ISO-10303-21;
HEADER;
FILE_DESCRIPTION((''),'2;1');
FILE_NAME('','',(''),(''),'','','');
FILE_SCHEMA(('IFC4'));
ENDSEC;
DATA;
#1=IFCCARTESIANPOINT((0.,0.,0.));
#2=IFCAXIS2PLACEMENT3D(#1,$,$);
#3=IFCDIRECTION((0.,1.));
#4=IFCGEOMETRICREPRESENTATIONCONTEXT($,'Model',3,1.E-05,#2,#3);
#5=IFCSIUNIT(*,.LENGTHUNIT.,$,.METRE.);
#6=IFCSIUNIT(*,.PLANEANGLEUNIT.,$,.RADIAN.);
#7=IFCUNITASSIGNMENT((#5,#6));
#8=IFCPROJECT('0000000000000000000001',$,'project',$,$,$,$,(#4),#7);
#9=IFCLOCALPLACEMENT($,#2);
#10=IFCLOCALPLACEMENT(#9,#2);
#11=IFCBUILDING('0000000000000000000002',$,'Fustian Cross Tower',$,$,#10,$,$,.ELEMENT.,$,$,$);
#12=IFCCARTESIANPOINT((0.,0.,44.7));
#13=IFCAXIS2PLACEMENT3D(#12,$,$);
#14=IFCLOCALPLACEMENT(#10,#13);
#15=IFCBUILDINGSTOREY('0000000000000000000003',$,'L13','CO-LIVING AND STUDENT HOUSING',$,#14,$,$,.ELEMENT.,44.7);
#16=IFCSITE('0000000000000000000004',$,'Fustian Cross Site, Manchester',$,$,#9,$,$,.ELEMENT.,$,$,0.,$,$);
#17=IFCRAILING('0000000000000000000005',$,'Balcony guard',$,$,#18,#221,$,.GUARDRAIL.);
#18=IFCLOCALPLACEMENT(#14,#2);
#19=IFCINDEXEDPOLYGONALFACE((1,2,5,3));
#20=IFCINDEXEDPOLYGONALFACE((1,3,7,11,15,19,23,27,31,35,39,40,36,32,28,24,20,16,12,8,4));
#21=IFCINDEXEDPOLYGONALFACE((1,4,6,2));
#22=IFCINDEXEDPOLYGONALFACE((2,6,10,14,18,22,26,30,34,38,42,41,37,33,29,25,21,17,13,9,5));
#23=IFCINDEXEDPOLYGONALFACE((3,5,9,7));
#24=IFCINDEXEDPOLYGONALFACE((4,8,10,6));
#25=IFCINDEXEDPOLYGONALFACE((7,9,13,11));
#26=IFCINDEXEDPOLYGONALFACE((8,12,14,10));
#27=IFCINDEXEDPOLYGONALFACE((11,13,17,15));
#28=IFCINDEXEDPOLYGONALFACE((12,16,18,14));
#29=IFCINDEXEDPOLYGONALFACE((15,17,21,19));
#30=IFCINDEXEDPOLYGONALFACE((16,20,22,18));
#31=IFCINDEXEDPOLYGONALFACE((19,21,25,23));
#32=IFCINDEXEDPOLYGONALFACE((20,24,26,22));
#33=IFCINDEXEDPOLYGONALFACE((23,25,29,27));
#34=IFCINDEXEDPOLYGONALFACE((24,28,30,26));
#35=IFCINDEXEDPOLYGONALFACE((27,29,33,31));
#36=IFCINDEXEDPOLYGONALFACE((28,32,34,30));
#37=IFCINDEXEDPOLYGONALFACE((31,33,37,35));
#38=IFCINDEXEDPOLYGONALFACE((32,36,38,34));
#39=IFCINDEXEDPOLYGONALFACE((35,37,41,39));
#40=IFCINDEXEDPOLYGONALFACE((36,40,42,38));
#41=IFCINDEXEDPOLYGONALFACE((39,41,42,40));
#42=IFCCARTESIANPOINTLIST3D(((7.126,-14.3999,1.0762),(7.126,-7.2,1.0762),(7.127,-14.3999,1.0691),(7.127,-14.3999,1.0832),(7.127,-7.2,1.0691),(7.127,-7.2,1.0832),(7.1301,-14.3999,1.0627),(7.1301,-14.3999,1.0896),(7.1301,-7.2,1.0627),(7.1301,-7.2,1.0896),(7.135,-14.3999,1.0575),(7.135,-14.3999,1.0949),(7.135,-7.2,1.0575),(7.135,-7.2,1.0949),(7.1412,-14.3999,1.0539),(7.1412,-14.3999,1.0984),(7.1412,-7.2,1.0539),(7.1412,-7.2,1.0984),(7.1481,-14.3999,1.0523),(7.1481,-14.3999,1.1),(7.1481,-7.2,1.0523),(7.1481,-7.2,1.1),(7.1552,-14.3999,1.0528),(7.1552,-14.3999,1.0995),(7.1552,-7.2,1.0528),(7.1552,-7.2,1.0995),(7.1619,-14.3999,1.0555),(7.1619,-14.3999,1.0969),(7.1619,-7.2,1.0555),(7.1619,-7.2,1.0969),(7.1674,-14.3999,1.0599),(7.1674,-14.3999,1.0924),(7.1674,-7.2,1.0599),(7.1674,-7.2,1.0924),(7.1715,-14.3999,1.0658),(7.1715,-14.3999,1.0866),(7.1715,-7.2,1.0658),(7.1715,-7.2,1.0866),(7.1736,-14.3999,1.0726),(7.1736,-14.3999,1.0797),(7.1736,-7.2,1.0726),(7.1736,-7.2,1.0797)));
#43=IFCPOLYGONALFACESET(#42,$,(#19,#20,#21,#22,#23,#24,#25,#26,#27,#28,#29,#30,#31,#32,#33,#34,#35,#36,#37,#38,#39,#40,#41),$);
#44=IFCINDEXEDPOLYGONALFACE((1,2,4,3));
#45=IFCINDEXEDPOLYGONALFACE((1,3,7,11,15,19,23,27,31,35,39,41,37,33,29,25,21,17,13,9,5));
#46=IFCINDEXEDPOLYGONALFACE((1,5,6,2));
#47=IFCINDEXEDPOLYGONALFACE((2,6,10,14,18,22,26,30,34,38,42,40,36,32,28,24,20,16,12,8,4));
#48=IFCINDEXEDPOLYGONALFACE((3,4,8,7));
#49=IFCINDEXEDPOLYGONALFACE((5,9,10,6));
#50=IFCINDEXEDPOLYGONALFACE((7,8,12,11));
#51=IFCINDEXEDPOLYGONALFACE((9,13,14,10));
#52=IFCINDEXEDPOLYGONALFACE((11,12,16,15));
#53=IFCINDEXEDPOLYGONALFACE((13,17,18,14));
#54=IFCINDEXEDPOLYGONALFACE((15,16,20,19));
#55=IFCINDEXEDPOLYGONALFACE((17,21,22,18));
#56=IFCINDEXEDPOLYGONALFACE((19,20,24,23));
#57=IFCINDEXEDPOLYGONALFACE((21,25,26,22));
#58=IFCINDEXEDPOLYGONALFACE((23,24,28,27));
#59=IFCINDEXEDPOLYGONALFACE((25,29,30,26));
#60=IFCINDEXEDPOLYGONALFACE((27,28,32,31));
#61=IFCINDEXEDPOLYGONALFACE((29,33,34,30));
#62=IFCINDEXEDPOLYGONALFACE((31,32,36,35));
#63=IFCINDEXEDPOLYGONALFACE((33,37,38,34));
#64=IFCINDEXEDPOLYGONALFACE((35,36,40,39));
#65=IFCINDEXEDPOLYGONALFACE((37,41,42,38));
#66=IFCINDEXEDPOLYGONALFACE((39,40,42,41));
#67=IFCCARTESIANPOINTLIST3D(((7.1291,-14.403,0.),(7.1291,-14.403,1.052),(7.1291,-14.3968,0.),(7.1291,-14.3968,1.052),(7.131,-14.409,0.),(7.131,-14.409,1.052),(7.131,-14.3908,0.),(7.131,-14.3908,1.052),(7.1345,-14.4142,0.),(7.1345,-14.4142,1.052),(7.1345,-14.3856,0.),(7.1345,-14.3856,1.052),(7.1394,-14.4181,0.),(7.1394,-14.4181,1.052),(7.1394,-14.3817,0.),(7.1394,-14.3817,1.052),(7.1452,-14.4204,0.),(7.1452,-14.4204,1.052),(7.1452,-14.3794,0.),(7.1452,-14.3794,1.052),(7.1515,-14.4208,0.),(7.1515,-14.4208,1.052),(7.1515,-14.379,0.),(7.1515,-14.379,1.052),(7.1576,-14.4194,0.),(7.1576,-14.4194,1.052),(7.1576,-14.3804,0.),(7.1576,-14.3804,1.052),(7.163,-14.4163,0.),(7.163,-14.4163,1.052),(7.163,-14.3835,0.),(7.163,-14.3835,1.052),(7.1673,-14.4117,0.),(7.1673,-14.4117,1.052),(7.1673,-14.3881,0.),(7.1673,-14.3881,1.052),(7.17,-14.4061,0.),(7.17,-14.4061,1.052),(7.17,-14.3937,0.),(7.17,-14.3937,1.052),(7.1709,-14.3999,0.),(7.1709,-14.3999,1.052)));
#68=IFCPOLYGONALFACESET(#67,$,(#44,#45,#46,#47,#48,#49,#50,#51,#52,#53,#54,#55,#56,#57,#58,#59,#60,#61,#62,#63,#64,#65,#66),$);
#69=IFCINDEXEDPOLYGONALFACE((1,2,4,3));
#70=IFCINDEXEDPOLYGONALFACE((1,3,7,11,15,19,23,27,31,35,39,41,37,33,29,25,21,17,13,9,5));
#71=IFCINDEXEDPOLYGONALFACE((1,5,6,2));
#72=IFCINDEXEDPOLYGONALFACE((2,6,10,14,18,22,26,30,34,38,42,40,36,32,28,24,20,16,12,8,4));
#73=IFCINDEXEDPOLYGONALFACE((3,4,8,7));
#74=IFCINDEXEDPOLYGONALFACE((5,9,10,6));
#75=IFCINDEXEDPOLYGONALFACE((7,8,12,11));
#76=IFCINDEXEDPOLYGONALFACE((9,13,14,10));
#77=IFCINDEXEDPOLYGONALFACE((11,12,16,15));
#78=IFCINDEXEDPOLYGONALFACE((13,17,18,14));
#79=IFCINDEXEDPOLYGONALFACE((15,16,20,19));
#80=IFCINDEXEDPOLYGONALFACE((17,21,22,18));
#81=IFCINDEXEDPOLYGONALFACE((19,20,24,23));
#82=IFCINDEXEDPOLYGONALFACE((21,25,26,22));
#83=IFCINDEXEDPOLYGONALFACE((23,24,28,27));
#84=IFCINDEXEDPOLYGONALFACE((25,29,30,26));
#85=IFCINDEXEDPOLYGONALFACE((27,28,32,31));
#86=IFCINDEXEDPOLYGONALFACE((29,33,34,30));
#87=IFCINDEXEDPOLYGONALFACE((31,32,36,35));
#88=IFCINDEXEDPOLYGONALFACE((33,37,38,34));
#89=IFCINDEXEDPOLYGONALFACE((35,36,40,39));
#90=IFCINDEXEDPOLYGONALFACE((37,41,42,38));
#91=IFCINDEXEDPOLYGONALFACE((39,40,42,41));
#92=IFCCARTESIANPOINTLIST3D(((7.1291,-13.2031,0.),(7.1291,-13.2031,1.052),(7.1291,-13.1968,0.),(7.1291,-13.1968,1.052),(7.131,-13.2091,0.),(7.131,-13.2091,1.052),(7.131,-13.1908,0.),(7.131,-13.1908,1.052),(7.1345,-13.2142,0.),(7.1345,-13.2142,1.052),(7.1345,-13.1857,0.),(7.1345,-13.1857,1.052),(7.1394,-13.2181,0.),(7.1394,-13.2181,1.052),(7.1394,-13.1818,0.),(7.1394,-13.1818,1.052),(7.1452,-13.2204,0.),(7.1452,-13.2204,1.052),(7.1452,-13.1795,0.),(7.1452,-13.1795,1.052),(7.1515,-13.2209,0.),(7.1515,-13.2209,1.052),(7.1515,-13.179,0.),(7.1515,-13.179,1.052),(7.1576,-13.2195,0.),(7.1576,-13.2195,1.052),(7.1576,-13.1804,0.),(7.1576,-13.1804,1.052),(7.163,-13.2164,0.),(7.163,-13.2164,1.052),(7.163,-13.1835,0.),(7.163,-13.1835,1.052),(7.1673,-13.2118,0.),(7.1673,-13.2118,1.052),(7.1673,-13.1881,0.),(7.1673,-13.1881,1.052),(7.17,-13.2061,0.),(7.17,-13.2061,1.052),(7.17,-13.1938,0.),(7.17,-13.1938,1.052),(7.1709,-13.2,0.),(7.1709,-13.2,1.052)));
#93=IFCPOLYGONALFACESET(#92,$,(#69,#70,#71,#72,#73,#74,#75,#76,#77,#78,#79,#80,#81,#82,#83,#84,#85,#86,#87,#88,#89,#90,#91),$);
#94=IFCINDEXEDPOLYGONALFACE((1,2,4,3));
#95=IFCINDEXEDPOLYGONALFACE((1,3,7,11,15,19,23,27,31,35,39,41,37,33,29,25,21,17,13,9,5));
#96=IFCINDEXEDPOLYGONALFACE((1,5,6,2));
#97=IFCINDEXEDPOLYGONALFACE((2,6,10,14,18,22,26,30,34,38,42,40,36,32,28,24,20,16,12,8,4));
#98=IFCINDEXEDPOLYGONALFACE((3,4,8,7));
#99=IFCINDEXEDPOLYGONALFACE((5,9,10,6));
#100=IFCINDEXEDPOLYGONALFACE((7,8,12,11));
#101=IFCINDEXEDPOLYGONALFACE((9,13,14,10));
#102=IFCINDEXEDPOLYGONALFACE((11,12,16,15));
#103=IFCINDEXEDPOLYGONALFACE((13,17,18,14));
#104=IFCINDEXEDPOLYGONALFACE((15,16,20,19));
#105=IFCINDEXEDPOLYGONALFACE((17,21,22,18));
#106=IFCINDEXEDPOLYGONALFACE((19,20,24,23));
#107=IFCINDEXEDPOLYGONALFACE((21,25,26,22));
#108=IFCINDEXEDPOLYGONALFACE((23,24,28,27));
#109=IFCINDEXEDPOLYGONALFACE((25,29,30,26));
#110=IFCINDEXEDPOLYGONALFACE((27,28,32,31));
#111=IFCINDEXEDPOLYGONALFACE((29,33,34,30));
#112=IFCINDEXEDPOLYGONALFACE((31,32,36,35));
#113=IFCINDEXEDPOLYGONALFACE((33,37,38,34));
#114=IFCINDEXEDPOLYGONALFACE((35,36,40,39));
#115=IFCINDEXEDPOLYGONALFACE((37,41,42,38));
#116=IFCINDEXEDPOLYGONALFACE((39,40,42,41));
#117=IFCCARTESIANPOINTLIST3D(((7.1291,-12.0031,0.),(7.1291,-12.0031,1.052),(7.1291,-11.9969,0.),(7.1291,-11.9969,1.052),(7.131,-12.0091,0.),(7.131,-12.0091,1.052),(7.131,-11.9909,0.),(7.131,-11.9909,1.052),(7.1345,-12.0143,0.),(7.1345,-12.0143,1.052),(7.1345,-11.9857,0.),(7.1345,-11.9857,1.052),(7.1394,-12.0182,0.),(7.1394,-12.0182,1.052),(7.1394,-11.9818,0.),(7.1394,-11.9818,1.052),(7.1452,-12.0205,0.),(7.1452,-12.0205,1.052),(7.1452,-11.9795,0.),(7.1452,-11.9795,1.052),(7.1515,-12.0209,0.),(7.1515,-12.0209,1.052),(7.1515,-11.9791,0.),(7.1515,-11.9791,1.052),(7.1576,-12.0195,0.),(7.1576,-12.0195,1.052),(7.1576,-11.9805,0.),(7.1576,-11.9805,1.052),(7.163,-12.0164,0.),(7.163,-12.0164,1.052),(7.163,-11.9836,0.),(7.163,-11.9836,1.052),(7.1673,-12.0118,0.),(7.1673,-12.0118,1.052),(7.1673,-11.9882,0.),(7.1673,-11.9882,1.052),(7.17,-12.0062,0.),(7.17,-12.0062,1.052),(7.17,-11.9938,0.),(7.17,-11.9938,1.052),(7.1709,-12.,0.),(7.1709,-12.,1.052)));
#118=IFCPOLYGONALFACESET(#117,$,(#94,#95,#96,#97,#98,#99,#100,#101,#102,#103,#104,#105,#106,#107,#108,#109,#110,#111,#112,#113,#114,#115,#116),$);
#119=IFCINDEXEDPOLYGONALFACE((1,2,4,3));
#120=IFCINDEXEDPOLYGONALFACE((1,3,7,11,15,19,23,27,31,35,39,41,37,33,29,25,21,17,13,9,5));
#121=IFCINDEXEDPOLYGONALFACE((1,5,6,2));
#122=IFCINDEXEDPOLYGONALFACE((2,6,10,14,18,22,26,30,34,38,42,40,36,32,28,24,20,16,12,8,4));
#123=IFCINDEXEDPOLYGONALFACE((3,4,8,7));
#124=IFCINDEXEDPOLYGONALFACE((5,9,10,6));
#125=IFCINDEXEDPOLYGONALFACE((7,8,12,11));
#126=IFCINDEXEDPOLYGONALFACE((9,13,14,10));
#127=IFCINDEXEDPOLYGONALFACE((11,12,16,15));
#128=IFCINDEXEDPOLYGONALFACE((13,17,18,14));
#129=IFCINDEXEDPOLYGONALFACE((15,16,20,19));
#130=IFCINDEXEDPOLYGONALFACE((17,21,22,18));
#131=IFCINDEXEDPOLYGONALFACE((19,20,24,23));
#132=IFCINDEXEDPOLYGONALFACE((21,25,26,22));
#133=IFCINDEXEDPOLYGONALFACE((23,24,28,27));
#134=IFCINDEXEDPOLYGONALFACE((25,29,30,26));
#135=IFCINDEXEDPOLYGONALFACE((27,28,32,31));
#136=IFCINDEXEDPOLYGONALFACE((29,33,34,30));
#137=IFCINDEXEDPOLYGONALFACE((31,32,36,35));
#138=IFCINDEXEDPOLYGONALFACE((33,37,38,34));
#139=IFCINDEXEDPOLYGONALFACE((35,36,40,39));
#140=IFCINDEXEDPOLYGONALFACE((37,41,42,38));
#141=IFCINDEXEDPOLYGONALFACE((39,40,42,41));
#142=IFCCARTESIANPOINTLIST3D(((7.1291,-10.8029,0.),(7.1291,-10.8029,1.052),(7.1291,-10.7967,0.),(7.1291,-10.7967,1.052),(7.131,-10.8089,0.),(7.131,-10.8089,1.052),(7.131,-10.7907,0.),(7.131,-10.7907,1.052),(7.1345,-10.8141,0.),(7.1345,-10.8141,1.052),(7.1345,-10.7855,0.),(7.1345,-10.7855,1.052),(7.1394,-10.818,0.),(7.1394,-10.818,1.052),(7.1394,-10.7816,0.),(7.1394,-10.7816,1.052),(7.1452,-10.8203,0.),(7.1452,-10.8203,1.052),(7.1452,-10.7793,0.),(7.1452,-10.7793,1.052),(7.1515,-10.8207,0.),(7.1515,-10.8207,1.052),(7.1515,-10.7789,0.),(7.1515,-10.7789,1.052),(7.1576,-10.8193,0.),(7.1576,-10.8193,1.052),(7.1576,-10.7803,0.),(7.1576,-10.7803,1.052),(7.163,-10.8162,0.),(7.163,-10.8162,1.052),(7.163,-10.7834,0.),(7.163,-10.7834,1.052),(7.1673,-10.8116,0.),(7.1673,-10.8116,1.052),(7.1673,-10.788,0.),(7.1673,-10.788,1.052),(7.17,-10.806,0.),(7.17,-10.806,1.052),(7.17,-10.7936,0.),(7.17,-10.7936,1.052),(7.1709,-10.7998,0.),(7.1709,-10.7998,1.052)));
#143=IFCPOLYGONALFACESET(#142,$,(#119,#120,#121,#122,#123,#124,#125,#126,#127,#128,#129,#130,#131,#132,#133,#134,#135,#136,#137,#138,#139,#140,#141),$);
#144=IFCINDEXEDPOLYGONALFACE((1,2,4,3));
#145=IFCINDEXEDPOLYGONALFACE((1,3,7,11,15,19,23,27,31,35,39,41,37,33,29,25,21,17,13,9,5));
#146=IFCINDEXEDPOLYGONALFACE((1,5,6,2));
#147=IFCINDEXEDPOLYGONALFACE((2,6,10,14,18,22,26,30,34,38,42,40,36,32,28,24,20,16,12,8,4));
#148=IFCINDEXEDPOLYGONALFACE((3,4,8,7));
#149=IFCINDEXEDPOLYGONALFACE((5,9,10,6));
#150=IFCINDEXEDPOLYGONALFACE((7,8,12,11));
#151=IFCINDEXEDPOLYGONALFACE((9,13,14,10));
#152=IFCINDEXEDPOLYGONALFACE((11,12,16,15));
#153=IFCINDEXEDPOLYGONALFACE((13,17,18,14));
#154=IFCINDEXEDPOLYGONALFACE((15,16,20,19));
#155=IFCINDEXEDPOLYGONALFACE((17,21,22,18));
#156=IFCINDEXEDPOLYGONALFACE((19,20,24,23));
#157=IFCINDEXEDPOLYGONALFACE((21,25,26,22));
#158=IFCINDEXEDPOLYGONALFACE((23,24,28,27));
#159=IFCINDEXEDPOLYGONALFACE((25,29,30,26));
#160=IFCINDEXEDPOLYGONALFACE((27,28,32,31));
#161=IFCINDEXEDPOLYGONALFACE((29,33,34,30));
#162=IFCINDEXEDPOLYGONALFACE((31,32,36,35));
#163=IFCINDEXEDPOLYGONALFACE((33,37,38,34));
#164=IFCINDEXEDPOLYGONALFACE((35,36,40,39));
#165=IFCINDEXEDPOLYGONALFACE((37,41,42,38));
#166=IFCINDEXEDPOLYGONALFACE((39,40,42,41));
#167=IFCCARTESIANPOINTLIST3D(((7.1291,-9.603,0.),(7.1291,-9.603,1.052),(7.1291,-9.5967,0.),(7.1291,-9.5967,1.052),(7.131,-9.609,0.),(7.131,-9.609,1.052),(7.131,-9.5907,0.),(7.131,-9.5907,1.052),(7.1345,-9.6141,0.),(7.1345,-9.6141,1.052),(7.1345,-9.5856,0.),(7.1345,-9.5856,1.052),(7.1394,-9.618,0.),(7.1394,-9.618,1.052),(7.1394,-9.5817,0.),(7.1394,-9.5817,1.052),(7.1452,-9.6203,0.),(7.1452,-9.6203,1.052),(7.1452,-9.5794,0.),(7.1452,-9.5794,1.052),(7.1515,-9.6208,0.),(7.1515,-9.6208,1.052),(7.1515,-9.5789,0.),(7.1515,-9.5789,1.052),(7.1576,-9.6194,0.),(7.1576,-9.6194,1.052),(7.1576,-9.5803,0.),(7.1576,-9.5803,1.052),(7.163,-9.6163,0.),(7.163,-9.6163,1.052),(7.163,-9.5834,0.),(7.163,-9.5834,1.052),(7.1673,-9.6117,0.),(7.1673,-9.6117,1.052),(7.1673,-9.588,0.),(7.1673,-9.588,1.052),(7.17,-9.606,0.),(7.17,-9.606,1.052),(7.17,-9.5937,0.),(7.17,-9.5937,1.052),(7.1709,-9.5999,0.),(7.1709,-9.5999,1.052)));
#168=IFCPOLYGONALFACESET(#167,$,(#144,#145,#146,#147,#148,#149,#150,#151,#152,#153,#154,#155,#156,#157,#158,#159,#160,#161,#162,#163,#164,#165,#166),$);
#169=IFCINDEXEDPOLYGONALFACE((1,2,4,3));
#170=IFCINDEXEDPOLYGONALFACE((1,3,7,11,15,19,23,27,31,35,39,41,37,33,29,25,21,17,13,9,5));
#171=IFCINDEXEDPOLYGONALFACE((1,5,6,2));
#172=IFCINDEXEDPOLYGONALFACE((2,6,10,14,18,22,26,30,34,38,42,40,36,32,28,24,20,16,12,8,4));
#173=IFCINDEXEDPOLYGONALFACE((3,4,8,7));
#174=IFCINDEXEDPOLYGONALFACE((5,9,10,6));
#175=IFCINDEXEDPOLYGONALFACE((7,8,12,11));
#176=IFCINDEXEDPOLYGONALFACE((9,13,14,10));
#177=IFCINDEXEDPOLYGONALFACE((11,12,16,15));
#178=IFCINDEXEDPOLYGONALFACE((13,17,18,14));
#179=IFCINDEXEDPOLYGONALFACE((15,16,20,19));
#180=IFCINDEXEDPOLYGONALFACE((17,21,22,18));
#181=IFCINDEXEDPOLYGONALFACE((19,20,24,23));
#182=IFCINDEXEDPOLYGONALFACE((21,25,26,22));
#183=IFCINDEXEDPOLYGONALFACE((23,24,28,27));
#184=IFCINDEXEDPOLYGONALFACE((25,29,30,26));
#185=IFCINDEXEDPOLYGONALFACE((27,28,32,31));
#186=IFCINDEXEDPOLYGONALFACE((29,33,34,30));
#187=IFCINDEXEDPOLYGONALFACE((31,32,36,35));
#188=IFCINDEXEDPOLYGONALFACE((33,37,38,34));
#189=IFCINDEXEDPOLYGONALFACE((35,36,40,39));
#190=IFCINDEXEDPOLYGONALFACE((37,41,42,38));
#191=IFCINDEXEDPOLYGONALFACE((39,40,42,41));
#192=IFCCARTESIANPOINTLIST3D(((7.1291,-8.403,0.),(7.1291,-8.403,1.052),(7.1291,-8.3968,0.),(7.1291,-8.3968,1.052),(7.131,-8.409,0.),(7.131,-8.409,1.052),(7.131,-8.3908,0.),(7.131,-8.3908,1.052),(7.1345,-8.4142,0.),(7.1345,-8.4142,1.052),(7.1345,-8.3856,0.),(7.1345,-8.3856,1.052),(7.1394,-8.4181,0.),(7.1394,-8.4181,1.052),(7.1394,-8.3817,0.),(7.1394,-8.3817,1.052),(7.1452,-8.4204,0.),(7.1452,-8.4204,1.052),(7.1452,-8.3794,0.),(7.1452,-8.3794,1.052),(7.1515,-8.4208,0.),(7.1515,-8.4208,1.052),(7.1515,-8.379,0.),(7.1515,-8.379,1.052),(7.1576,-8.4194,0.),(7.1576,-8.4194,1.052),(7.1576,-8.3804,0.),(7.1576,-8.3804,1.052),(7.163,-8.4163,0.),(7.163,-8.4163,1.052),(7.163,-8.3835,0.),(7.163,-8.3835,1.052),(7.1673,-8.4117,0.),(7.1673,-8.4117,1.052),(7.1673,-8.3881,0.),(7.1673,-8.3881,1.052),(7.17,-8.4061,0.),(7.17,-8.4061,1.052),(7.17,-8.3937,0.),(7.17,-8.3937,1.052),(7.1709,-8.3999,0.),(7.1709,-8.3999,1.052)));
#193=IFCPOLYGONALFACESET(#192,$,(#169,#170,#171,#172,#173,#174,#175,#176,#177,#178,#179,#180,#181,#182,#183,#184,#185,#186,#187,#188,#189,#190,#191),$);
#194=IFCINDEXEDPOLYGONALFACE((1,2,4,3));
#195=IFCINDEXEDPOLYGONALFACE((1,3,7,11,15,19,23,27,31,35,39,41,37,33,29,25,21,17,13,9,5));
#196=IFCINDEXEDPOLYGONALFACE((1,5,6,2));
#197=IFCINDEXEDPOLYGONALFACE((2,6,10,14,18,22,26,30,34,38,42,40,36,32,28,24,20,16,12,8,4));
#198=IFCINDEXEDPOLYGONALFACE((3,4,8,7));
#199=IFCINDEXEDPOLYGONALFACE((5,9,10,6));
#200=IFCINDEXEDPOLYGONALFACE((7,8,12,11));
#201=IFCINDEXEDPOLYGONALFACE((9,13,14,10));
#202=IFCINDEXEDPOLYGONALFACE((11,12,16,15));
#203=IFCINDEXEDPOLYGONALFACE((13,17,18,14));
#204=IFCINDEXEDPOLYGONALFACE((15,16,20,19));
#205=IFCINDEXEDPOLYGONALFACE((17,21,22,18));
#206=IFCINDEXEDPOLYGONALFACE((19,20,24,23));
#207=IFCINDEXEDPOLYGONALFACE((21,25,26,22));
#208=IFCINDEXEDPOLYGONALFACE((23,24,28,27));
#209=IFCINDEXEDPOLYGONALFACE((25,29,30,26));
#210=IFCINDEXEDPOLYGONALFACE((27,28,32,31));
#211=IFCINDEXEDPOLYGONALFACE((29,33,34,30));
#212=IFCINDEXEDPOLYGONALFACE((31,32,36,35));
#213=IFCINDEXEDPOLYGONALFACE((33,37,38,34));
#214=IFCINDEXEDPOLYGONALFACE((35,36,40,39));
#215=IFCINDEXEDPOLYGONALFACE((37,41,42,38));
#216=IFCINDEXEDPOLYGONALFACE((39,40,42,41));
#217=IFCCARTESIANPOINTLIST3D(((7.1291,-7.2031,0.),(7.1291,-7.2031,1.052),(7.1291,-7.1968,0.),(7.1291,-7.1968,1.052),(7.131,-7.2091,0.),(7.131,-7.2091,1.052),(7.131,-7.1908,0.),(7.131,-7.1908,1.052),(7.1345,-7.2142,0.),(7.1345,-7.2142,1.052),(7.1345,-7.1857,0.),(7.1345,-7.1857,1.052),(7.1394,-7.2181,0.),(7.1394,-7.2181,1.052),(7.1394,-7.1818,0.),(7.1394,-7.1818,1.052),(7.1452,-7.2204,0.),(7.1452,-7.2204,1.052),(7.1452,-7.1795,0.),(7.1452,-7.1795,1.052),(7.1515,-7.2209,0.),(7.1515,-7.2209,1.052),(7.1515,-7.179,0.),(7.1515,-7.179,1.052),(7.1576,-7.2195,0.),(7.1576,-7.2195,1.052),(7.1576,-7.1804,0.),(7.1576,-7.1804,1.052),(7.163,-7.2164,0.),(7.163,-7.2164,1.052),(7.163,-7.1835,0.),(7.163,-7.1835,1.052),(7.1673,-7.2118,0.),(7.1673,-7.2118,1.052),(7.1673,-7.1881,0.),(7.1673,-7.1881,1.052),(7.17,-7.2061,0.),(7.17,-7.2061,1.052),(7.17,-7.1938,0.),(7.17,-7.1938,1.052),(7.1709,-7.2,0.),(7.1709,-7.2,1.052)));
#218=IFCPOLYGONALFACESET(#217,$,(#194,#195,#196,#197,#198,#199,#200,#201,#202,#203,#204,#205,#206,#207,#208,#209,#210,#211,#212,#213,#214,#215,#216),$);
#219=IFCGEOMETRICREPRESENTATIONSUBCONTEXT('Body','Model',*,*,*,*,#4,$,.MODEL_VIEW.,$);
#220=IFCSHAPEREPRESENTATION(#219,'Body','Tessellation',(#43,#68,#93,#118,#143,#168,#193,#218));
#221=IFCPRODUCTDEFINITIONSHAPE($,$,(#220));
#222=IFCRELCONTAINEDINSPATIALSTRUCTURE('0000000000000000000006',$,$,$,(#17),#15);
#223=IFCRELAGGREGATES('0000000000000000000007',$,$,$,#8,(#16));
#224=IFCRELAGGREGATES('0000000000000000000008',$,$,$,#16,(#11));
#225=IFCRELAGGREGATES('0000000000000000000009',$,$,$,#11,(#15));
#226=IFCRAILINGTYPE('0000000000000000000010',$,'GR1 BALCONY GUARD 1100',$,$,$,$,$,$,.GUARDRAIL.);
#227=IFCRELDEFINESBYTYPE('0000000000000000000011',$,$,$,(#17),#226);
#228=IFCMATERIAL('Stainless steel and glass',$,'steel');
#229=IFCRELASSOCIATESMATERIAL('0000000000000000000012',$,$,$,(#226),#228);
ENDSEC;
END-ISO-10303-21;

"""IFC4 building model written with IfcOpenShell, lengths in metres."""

from ifc_helpers import new_model, si_unit, direction, frame, origin, origin_2d, place, context, subcontext, project, spatial, circle, extrude, material, type_object, element, save


model = new_model("IFC4")

# Units and contexts
model_context = context("Model", 3, precision=1e-05, world=origin(), true_north=direction((0.0, 1.0)))
body_context = subcontext(model_context, "Body", "Model", "MODEL_VIEW")
ifc_project = project(units=[si_unit("LENGTHUNIT", "METRE"), si_unit("PLANEANGLEUNIT", "RADIAN")], contexts=[model_context])

# Site, building, storey
site_placement = place(None, origin())
site = spatial("IfcSite", under=ifc_project, at=site_placement, Name="Fustian Cross Site, Manchester", CompositionType="ELEMENT", RefElevation=0.0)
building_placement = place(site_placement, origin())
building = spatial("IfcBuilding", under=site, at=building_placement, Name="Fustian Cross Tower", CompositionType="ELEMENT")
storey_placement = place(building_placement, frame((0.0, 0.0, 44.7)))
storey = spatial("IfcBuildingStorey", under=building, at=storey_placement, Name="L13", Description="CO-LIVING AND STUDENT HOUSING", CompositionType="ELEMENT", Elevation=44.7)

# Railing
ifc_material_1 = material(Name="Stainless steel and glass", Category="steel")
railing_type = type_object("IfcRailingType", Name="GR1 BALCONY GUARD 1100", PredefinedType="GUARDRAIL", material=ifc_material_1)
railing_placement = place(storey_placement, frame((7.1499, -14.3999, 0.0)))
element("IfcRailing", 1, at=railing_placement, inside=storey, type_object=railing_type, Name="Balcony guard", PredefinedType="GUARDRAIL", context=body_context, shape_type="SweptSolid", body=[
    extrude(circle(Radius=0.0239, at=origin_2d()), frame((0.0, 0.0, 1.0762), z_axis=(0.0, 1.0, 0.0), x_axis=(-1.0, 0.0, 0.0)), (0.0, 0.0, 1.0), 7.2),
    extrude(circle(Radius=0.021, at=origin_2d()), origin(), (0.0, 0.0, 1.0), 1.052),
    extrude(circle(Radius=0.021, at=origin_2d()), frame((0.0, 1.2, 0.0)), (0.0, 0.0, 1.0), 1.052),
    extrude(circle(Radius=0.021, at=origin_2d()), frame((0.0, 2.3999, 0.0)), (0.0, 0.0, 1.0), 1.052),
    extrude(circle(Radius=0.021, at=origin_2d()), frame((0.0, 3.6001, 0.0)), (0.0, 0.0, 1.0), 1.052),
    extrude(circle(Radius=0.021, at=origin_2d()), frame((0.0, 4.8, 0.0)), (0.0, 0.0, 1.0), 1.052),
    extrude(circle(Radius=0.021, at=origin_2d()), frame((0.0, 6.0, 0.0)), (0.0, 0.0, 1.0), 1.052),
    extrude(circle(Radius=0.021, at=origin_2d()), frame((0.0, 7.2, 0.0)), (0.0, 0.0, 1.0), 1.052),
])

save(model, "model.ifc")
